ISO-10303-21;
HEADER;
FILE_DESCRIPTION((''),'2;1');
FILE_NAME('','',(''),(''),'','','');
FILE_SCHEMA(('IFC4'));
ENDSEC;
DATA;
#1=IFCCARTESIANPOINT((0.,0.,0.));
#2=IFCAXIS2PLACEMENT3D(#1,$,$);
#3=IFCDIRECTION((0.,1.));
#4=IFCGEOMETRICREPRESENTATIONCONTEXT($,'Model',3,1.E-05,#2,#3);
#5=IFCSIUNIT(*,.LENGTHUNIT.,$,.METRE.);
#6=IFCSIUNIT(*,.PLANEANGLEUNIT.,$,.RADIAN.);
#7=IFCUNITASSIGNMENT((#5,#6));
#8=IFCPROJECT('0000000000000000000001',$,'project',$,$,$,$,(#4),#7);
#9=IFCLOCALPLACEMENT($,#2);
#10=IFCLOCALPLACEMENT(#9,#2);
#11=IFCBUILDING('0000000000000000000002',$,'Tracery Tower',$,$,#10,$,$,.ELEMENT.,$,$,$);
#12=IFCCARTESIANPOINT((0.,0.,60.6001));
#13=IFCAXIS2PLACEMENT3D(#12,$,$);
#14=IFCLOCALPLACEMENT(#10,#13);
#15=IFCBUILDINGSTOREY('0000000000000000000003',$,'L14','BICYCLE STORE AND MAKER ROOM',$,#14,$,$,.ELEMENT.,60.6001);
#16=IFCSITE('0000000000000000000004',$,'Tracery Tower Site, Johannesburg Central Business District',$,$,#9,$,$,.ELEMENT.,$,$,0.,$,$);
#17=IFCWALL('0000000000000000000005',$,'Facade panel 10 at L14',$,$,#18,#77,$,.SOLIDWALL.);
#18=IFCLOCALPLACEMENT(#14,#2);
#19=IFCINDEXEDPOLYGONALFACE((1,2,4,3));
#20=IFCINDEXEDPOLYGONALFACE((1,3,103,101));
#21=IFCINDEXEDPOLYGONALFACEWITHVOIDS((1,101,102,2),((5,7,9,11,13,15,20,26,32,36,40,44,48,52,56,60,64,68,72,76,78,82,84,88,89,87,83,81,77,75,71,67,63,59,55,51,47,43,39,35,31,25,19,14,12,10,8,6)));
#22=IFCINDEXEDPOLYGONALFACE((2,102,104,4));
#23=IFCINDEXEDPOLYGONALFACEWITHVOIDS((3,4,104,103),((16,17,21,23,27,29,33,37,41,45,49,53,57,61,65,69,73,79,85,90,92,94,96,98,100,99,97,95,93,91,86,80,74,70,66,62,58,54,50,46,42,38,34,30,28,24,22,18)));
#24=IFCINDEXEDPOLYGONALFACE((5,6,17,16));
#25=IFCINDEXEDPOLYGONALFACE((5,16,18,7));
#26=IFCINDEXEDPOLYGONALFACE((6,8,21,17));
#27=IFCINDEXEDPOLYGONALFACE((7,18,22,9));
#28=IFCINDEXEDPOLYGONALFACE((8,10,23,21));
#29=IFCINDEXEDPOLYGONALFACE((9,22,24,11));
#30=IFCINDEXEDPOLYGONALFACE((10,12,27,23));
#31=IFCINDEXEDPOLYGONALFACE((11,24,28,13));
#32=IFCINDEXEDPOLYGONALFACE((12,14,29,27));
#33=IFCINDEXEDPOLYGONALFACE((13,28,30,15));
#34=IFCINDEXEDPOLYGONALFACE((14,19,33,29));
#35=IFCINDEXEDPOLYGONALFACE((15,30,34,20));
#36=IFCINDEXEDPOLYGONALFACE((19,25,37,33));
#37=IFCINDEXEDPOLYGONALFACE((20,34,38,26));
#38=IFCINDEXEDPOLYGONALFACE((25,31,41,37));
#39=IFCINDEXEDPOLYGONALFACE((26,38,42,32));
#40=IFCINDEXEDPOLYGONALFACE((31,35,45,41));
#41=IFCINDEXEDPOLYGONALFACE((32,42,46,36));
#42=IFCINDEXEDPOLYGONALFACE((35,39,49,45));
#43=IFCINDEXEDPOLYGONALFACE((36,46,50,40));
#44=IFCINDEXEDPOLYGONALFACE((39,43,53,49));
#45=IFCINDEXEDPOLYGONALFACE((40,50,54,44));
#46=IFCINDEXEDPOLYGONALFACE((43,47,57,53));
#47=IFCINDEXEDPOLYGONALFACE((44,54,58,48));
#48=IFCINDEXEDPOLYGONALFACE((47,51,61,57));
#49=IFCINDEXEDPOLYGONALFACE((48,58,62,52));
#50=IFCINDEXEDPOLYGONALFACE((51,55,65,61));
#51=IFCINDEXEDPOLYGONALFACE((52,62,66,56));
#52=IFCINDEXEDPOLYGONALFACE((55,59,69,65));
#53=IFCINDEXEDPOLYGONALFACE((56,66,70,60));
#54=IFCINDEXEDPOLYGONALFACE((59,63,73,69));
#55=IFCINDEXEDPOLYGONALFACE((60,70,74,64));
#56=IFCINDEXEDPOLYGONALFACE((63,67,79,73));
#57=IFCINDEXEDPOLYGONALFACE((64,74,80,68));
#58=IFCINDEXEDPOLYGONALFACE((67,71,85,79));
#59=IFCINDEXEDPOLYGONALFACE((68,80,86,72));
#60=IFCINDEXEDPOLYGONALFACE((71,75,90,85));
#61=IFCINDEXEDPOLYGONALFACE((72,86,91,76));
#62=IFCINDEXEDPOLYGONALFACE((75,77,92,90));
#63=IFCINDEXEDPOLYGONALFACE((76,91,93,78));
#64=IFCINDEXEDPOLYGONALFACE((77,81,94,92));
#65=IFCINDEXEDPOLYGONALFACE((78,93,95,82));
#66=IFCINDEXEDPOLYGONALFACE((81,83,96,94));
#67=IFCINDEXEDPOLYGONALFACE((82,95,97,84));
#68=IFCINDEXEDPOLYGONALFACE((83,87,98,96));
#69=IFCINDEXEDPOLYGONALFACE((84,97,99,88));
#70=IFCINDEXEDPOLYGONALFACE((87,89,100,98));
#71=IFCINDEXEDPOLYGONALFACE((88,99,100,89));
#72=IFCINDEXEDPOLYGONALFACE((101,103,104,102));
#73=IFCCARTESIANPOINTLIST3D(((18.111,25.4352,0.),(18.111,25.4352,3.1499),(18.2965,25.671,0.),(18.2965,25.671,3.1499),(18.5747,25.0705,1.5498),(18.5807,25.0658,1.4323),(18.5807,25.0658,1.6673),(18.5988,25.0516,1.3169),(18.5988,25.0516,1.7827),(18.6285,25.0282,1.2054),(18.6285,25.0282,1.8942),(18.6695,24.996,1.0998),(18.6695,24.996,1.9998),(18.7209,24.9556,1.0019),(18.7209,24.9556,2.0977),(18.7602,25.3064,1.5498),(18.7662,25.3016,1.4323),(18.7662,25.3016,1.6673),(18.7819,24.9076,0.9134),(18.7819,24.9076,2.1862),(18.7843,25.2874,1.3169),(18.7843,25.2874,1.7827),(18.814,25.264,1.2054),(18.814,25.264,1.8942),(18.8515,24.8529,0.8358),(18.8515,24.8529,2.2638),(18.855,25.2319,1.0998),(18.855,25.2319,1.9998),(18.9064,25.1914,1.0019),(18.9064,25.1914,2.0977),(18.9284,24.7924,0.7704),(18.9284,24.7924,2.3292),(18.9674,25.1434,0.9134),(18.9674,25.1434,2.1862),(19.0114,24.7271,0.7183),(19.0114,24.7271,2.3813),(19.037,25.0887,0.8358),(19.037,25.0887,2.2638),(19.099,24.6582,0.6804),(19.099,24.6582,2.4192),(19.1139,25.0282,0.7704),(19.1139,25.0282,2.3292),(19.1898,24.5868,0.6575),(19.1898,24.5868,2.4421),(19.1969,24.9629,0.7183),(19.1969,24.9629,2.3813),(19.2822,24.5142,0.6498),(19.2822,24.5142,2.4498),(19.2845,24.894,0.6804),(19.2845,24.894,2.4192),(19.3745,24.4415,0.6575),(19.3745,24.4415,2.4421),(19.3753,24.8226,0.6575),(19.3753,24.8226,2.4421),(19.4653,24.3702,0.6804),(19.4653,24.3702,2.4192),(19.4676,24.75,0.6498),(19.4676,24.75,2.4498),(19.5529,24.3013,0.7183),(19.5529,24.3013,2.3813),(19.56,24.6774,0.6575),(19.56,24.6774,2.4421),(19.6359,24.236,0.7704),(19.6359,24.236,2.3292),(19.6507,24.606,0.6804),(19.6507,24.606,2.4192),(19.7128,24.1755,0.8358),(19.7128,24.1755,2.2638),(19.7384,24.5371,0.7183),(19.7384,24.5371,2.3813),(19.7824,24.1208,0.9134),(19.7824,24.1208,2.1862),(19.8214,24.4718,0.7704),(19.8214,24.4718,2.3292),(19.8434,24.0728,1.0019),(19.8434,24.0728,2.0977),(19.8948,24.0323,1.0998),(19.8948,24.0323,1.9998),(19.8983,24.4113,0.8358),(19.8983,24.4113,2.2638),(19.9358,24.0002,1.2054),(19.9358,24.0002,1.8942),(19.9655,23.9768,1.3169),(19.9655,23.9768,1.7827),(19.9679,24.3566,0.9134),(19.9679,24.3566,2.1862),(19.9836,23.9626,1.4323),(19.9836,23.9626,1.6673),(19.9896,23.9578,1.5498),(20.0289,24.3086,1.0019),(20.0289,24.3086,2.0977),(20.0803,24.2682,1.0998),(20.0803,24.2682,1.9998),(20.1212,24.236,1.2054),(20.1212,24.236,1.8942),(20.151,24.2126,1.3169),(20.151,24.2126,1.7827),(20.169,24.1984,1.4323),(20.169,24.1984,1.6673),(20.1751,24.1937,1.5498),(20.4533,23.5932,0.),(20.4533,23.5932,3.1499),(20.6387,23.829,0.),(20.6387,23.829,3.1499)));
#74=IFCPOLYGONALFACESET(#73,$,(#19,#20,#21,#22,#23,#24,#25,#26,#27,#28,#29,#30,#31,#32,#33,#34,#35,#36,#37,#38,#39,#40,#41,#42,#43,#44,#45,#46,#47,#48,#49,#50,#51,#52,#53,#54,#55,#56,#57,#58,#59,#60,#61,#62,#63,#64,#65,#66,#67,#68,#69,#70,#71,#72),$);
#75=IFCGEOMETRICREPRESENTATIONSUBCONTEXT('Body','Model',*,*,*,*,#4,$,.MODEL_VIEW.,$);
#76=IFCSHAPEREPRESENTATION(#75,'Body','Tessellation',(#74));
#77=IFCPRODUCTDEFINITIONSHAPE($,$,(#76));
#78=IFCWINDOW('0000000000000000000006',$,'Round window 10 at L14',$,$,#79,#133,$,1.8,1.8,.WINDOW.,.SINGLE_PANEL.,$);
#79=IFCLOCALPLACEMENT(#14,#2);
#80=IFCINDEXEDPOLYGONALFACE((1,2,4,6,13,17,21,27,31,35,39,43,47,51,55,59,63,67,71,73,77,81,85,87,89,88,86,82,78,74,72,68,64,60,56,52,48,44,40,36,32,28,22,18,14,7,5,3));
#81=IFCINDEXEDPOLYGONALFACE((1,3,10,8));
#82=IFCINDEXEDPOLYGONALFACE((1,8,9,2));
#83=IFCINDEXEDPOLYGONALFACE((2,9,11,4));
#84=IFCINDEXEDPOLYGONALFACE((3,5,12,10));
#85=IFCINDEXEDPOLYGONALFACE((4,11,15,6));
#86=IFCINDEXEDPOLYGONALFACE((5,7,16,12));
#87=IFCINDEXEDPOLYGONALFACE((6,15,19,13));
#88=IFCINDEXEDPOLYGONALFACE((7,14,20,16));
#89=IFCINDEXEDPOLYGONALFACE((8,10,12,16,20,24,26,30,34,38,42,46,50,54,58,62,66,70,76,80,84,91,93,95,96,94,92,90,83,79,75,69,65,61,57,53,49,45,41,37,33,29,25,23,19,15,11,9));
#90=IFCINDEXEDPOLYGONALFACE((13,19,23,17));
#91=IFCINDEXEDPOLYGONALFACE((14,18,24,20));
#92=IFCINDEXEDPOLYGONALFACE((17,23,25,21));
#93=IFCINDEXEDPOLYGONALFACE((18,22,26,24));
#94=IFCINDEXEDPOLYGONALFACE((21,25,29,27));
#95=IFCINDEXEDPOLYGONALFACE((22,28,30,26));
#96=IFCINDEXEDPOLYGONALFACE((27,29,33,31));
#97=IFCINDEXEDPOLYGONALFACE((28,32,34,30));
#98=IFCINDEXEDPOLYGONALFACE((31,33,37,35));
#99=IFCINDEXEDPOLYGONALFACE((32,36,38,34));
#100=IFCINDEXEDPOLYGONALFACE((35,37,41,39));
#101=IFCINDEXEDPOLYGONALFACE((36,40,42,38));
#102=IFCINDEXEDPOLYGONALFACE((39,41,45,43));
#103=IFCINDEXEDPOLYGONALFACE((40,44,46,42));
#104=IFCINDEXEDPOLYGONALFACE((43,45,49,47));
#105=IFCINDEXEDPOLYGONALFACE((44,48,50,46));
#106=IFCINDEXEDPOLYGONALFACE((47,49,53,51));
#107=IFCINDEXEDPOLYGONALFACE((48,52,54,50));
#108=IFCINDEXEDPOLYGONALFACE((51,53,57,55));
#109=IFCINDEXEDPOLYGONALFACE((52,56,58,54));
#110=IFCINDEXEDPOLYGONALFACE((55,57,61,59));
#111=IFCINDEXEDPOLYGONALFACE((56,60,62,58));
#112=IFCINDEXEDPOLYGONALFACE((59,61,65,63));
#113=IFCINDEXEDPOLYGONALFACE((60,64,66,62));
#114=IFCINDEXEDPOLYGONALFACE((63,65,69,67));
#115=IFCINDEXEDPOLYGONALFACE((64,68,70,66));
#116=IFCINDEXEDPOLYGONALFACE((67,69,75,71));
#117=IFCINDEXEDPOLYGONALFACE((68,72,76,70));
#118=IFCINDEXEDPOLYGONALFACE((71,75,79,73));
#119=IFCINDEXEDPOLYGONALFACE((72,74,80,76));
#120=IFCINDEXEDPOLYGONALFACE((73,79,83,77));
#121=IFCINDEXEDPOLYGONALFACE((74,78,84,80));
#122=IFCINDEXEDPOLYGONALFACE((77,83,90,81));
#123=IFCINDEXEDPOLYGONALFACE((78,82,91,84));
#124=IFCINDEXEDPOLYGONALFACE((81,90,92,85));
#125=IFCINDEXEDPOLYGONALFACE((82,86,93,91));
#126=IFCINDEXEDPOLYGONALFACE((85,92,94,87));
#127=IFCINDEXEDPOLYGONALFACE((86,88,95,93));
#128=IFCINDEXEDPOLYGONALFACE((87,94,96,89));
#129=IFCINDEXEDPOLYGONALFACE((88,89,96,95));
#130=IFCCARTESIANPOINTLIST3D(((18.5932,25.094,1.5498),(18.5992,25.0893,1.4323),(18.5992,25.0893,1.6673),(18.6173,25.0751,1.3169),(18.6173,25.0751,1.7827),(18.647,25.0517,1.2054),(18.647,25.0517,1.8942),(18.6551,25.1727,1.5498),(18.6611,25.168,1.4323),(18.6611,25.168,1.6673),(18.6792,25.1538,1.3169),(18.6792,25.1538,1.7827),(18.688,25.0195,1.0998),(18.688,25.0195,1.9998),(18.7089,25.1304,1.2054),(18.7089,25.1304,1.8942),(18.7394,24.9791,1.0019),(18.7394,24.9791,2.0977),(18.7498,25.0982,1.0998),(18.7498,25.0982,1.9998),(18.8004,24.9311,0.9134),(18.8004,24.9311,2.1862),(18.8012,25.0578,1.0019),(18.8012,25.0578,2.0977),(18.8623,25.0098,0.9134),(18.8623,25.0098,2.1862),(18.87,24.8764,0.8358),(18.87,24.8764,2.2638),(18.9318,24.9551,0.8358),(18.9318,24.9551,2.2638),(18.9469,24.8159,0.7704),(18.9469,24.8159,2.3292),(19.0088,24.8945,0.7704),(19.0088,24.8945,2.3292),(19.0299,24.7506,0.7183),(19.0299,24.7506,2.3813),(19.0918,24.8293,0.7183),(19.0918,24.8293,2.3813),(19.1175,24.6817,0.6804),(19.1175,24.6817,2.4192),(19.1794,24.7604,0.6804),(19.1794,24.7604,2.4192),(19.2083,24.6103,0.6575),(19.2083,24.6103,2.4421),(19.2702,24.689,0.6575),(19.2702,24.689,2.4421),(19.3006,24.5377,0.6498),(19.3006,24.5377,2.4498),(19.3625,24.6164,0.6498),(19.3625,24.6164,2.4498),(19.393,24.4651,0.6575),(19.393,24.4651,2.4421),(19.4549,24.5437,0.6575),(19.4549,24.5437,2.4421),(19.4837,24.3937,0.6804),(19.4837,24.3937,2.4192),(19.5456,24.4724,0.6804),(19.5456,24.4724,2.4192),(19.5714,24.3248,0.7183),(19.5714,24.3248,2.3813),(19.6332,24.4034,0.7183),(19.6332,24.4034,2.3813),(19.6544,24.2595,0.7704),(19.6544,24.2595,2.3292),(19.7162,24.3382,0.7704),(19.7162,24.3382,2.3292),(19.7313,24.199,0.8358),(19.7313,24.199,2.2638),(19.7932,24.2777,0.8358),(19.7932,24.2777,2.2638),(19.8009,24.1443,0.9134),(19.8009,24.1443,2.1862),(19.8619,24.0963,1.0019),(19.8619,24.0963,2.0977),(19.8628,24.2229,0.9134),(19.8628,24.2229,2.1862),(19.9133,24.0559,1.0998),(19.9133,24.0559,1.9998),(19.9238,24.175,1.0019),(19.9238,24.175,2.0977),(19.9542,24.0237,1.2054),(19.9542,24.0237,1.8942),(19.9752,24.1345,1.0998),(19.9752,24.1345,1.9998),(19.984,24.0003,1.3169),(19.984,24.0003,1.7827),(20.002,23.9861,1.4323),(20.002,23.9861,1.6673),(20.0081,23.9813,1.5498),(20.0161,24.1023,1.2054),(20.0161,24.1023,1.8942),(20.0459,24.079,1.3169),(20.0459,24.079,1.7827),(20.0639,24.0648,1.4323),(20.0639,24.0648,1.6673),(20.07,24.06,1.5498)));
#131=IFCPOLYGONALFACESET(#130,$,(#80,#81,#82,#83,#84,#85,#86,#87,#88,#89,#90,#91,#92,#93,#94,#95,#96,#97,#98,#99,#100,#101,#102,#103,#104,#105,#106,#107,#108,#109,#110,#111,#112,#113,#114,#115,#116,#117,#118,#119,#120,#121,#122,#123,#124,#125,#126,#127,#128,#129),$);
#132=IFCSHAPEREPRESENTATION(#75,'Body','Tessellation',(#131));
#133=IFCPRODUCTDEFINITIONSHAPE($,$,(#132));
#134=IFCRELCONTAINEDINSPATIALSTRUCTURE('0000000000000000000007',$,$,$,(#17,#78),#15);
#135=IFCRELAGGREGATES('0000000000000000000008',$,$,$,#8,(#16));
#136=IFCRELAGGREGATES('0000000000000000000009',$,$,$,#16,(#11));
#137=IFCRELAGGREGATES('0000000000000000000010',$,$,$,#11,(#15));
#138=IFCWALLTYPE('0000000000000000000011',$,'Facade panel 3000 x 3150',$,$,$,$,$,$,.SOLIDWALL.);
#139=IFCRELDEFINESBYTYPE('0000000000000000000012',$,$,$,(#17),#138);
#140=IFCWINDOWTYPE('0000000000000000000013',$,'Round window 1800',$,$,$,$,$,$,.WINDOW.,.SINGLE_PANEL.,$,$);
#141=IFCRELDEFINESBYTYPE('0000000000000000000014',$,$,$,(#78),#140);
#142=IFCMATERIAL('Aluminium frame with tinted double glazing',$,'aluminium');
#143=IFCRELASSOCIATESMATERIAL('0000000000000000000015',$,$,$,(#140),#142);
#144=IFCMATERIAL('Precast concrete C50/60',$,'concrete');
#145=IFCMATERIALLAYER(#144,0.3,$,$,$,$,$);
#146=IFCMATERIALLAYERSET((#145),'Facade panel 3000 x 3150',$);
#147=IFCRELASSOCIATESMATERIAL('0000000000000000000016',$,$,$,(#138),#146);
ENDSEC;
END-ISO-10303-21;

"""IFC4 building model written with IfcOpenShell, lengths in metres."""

from ifc_helpers import new_model, si_unit, direction, frame, frame_2d, origin, origin_2d, place, context, subcontext, project, spatial, rectangle, circle, extrude, material, layer, layer_set, type_object, element, fill, save


model = new_model("IFC4")

# Units and contexts
model_context = context("Model", 3, precision=1e-05, world=origin(), true_north=direction((0.0, 1.0)))
body_context = subcontext(model_context, "Body", "Model", "MODEL_VIEW")
ifc_project = project(units=[si_unit("LENGTHUNIT", "METRE"), si_unit("PLANEANGLEUNIT", "RADIAN")], contexts=[model_context])

# Site, building, storey
site_placement = place(None, origin())
site = spatial("IfcSite", under=ifc_project, at=site_placement, Name="Tracery Tower Site, Johannesburg Central Business District", CompositionType="ELEMENT", RefElevation=0.0)
building_placement = place(site_placement, origin())
building = spatial("IfcBuilding", under=site, at=building_placement, Name="Tracery Tower", CompositionType="ELEMENT")
storey_placement = place(building_placement, frame((0.0, 0.0, 60.6001)))
storey = spatial("IfcBuildingStorey", under=building, at=storey_placement, Name="L14", Description="BICYCLE STORE AND MAKER ROOM", CompositionType="ELEMENT", Elevation=60.6001)

# Wall, opening, window
ifc_material_1 = material(Name="Aluminium frame with tinted double glazing", Category="aluminium")
window_type = type_object("IfcWindowType", Name="Round window 1800", PartitioningType="SINGLE_PANEL", PredefinedType="WINDOW", material=ifc_material_1)
ifc_material_2 = material(Name="Precast concrete C50/60", Category="concrete")
ifc_layer_1 = layer(ifc_material_2, 0.3)
ifc_layer_set_1 = layer_set([ifc_layer_1], Name="Facade panel 3000 x 3150")
wall_type_1 = type_object("IfcWallType", Name="Facade panel 3000 x 3150", PredefinedType="SOLIDWALL", material=ifc_layer_set_1)
wall_1_placement = place(storey_placement, frame((20.5459, 23.7112, 0.0), z_axis=(0.0, 0.0, 1.0), x_axis=(-0.786045, 0.618169, 0.0)))
wall_1 = element("IfcWall", 1, at=wall_1_placement, inside=storey, type_object=wall_type_1, Name="Facade panel 10 at L14", PredefinedType="SOLIDWALL", context=body_context, shape_type="SweptSolid", body=[
    extrude(rectangle(XDim=2.9797, YDim=0.3, at=frame_2d((1.4897, 0.0))), origin(), (0.0, 0.0, 1.0), 3.1499),
])
opening_1_placement = place(wall_1_placement, frame((1.4897, 0.0, 1.5498)))
opening_1 = element("IfcOpeningElement", 2, at=opening_1_placement, cuts=wall_1, PredefinedType="OPENING", context=body_context, shape_type="SweptSolid", body=[
    extrude(circle(Radius=0.9, at=origin_2d()), frame((0.0, 0.1599, 0.0), z_axis=(0.0, -1.0, 0.0), x_axis=(1.0, 0.0, 0.0)), (0.0, 0.0, 1.0), 0.3201),
])
window_1_placement = place(opening_1_placement, origin())
window_1 = element("IfcWindow", 3, at=window_1_placement, inside=storey, type_object=window_type, Name="Round window 10 at L14", OverallHeight=1.8, OverallWidth=1.8, PartitioningType="SINGLE_PANEL", PredefinedType="WINDOW", context=body_context, shape_type="SweptSolid", body=[
    extrude(circle(Radius=0.9, at=origin_2d()), frame((0.0, 0.1201, 0.0), z_axis=(0.0, -1.0, 0.0), x_axis=(1.0, 0.0, 0.0)), (0.0, 0.0, 1.0), 0.1001),
])
fill(opening_1, window_1)

save(model, "model.ifc")
